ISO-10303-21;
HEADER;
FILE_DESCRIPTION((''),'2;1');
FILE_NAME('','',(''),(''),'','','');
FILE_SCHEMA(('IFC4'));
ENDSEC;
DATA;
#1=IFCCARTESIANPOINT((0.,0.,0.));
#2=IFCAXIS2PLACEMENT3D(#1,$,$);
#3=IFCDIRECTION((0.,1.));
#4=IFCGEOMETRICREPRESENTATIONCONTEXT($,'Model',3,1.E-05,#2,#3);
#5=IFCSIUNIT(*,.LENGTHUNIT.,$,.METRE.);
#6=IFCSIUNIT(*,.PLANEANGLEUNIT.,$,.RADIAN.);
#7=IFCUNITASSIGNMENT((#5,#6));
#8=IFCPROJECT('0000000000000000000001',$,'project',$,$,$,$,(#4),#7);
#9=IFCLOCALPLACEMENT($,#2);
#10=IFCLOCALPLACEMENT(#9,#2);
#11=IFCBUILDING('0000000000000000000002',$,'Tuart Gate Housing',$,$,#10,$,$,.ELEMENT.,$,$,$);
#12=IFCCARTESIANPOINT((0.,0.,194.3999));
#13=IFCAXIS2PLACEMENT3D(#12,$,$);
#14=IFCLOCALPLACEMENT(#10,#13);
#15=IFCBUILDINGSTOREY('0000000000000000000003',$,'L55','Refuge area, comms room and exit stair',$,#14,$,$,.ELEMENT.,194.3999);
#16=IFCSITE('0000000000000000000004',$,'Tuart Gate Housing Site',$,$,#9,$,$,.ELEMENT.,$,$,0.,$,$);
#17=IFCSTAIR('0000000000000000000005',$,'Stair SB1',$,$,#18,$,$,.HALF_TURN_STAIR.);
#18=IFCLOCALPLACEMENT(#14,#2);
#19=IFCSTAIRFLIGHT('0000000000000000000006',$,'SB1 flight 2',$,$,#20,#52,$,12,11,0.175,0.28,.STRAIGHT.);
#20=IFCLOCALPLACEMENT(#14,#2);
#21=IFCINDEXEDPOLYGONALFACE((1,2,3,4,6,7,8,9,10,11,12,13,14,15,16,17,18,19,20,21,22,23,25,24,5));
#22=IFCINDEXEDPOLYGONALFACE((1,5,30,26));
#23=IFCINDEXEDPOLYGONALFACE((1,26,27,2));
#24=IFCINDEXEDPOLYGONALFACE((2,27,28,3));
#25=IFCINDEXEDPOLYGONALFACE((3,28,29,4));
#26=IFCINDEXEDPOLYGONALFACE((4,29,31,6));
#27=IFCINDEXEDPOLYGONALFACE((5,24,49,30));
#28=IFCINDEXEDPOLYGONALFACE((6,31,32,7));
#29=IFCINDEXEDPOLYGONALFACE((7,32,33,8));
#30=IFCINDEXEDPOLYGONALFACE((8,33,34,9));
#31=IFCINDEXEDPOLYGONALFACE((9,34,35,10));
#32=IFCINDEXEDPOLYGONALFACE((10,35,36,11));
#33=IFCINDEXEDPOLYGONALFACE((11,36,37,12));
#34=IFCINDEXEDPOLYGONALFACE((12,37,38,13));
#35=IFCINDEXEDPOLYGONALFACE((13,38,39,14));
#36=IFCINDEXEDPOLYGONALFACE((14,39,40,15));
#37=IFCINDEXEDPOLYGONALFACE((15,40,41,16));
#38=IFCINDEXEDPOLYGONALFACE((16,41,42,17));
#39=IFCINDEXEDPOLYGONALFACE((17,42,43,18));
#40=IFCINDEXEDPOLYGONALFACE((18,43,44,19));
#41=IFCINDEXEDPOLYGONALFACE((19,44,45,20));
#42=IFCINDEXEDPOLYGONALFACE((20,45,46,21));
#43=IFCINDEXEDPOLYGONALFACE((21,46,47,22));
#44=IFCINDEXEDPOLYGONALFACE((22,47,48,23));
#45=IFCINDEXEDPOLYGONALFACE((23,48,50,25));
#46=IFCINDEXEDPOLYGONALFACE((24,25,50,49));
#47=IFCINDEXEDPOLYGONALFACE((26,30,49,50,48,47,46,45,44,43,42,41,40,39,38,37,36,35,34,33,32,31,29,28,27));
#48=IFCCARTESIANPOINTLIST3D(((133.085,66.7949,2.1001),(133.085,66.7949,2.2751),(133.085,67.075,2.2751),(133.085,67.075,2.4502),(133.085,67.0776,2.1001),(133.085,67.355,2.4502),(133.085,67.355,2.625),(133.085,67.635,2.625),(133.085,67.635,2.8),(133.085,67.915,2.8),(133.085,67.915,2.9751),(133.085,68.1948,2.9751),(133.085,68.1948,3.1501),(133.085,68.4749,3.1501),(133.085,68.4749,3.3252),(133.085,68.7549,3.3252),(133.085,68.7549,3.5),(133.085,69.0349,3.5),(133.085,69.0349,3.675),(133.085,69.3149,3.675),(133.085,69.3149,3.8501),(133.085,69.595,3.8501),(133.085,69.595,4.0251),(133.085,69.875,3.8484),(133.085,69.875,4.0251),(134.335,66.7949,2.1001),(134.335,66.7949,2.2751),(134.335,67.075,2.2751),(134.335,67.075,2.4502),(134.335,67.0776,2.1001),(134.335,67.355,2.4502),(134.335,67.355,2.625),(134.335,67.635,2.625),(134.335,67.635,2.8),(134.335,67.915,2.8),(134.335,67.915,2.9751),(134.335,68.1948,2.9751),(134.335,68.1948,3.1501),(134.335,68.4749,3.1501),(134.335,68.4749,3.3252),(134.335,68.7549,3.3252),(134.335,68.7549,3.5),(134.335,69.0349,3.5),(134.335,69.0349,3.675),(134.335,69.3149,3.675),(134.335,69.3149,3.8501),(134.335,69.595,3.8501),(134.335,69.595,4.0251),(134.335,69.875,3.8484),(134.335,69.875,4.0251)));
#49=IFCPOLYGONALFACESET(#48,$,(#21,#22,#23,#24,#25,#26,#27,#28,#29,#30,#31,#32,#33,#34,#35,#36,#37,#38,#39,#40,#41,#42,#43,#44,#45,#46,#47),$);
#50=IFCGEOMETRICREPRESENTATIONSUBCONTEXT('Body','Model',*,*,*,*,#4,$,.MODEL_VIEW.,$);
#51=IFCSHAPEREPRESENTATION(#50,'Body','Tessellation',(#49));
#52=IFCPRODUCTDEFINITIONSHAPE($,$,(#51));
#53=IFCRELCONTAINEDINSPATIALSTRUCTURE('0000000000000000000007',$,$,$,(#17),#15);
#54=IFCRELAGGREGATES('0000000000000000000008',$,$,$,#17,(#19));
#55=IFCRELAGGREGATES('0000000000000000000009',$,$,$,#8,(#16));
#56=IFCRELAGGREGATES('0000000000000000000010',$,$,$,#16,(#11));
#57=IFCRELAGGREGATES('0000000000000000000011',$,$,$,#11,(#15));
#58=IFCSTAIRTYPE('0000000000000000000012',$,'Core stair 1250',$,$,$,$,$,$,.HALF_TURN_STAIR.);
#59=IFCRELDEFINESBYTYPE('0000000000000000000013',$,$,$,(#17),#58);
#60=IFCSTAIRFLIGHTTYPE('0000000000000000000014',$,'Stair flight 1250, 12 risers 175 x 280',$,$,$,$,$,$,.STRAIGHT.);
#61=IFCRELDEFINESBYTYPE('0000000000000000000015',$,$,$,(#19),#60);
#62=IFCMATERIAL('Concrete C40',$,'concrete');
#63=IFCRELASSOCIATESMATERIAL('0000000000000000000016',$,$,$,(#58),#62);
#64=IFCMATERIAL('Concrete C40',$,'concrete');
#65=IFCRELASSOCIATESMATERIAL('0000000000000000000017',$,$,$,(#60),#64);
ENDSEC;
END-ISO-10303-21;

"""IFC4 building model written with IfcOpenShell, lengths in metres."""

from ifc_helpers import new_model, si_unit, direction, frame, origin, place, context, subcontext, project, spatial, polyline, outline, extrude, material, type_object, element, aggregate, save


model = new_model("IFC4")

# Units and contexts
model_context = context("Model", 3, precision=1e-05, world=origin(), true_north=direction((0.0, 1.0)))
body_context = subcontext(model_context, "Body", "Model", "MODEL_VIEW")
ifc_project = project(units=[si_unit("LENGTHUNIT", "METRE"), si_unit("PLANEANGLEUNIT", "RADIAN")], contexts=[model_context])

# Site, building, storey
site_placement = place(None, origin())
site = spatial("IfcSite", under=ifc_project, at=site_placement, Name="Tuart Gate Housing Site", CompositionType="ELEMENT", RefElevation=0.0)
building_placement = place(site_placement, origin())
building = spatial("IfcBuilding", under=site, at=building_placement, Name="Tuart Gate Housing", CompositionType="ELEMENT")
storey_placement = place(building_placement, frame((0.0, 0.0, 194.3999)))
storey = spatial("IfcBuildingStorey", under=building, at=storey_placement, Name="L55", Description="Refuge area, comms room and exit stair", CompositionType="ELEMENT", Elevation=194.3999)

# Stair, stair flight
ifc_material_1 = material(Name="Concrete C40", Category="concrete")
stair_type = type_object("IfcStairType", Name="Core stair 1250", PredefinedType="HALF_TURN_STAIR", material=ifc_material_1)
stair_placement = place(storey_placement, origin())
stair = element("IfcStair", 1, at=stair_placement, inside=storey, type_object=stair_type, Name="Stair SB1", PredefinedType="HALF_TURN_STAIR")
ifc_material_2 = material(Name="Concrete C40", Category="concrete")
stair_flight_type = type_object("IfcStairFlightType", Name="Stair flight 1250, 12 risers 175 x 280", PredefinedType="STRAIGHT", material=ifc_material_2)
stair_flight_placement = place(storey_placement, frame((133.71, 66.7949, 2.1001), z_axis=(0.0, 0.0, 1.0), x_axis=(0.0, 1.0, 0.0)))
stair_flight = element("IfcStairFlight", 2, at=stair_flight_placement, type_object=stair_flight_type, Name="SB1 flight 2", NumberOfRisers=12, NumberOfTreads=11, PredefinedType="STRAIGHT", RiserHeight=0.175, TreadLength=0.28, context=body_context, shape_type="SweptSolid", body=[
    extrude(outline(polyline([(0.0, 0.0), (0.0, 0.175), (0.28, 0.175), (0.28, 0.3501), (0.5601, 0.3501), (0.5601, 0.5249), (0.8401, 0.5249), (0.8401, 0.7), (1.1201, 0.7), (1.1201, 0.875), (1.3999, 0.875), (1.3999, 1.05), (1.6799, 1.05), (1.6799, 1.2251), (1.96, 1.2251), (1.96, 1.3999), (2.24, 1.3999), (2.24, 1.575), (2.52, 1.575), (2.52, 1.75), (2.8, 1.75), (2.8, 1.925), (3.0801, 1.925), (3.0801, 2.1001), (3.0801, 1.7483), (0.2827, 0.0), (0.0, 0.0)])), frame((0.0, 0.625, 0.0), z_axis=(0.0, -1.0, 0.0), x_axis=(1.0, 0.0, 0.0)), (0.0, 0.0, 1.0), 1.25),
])
aggregate(stair, [stair_flight])

save(model, "model.ifc")
